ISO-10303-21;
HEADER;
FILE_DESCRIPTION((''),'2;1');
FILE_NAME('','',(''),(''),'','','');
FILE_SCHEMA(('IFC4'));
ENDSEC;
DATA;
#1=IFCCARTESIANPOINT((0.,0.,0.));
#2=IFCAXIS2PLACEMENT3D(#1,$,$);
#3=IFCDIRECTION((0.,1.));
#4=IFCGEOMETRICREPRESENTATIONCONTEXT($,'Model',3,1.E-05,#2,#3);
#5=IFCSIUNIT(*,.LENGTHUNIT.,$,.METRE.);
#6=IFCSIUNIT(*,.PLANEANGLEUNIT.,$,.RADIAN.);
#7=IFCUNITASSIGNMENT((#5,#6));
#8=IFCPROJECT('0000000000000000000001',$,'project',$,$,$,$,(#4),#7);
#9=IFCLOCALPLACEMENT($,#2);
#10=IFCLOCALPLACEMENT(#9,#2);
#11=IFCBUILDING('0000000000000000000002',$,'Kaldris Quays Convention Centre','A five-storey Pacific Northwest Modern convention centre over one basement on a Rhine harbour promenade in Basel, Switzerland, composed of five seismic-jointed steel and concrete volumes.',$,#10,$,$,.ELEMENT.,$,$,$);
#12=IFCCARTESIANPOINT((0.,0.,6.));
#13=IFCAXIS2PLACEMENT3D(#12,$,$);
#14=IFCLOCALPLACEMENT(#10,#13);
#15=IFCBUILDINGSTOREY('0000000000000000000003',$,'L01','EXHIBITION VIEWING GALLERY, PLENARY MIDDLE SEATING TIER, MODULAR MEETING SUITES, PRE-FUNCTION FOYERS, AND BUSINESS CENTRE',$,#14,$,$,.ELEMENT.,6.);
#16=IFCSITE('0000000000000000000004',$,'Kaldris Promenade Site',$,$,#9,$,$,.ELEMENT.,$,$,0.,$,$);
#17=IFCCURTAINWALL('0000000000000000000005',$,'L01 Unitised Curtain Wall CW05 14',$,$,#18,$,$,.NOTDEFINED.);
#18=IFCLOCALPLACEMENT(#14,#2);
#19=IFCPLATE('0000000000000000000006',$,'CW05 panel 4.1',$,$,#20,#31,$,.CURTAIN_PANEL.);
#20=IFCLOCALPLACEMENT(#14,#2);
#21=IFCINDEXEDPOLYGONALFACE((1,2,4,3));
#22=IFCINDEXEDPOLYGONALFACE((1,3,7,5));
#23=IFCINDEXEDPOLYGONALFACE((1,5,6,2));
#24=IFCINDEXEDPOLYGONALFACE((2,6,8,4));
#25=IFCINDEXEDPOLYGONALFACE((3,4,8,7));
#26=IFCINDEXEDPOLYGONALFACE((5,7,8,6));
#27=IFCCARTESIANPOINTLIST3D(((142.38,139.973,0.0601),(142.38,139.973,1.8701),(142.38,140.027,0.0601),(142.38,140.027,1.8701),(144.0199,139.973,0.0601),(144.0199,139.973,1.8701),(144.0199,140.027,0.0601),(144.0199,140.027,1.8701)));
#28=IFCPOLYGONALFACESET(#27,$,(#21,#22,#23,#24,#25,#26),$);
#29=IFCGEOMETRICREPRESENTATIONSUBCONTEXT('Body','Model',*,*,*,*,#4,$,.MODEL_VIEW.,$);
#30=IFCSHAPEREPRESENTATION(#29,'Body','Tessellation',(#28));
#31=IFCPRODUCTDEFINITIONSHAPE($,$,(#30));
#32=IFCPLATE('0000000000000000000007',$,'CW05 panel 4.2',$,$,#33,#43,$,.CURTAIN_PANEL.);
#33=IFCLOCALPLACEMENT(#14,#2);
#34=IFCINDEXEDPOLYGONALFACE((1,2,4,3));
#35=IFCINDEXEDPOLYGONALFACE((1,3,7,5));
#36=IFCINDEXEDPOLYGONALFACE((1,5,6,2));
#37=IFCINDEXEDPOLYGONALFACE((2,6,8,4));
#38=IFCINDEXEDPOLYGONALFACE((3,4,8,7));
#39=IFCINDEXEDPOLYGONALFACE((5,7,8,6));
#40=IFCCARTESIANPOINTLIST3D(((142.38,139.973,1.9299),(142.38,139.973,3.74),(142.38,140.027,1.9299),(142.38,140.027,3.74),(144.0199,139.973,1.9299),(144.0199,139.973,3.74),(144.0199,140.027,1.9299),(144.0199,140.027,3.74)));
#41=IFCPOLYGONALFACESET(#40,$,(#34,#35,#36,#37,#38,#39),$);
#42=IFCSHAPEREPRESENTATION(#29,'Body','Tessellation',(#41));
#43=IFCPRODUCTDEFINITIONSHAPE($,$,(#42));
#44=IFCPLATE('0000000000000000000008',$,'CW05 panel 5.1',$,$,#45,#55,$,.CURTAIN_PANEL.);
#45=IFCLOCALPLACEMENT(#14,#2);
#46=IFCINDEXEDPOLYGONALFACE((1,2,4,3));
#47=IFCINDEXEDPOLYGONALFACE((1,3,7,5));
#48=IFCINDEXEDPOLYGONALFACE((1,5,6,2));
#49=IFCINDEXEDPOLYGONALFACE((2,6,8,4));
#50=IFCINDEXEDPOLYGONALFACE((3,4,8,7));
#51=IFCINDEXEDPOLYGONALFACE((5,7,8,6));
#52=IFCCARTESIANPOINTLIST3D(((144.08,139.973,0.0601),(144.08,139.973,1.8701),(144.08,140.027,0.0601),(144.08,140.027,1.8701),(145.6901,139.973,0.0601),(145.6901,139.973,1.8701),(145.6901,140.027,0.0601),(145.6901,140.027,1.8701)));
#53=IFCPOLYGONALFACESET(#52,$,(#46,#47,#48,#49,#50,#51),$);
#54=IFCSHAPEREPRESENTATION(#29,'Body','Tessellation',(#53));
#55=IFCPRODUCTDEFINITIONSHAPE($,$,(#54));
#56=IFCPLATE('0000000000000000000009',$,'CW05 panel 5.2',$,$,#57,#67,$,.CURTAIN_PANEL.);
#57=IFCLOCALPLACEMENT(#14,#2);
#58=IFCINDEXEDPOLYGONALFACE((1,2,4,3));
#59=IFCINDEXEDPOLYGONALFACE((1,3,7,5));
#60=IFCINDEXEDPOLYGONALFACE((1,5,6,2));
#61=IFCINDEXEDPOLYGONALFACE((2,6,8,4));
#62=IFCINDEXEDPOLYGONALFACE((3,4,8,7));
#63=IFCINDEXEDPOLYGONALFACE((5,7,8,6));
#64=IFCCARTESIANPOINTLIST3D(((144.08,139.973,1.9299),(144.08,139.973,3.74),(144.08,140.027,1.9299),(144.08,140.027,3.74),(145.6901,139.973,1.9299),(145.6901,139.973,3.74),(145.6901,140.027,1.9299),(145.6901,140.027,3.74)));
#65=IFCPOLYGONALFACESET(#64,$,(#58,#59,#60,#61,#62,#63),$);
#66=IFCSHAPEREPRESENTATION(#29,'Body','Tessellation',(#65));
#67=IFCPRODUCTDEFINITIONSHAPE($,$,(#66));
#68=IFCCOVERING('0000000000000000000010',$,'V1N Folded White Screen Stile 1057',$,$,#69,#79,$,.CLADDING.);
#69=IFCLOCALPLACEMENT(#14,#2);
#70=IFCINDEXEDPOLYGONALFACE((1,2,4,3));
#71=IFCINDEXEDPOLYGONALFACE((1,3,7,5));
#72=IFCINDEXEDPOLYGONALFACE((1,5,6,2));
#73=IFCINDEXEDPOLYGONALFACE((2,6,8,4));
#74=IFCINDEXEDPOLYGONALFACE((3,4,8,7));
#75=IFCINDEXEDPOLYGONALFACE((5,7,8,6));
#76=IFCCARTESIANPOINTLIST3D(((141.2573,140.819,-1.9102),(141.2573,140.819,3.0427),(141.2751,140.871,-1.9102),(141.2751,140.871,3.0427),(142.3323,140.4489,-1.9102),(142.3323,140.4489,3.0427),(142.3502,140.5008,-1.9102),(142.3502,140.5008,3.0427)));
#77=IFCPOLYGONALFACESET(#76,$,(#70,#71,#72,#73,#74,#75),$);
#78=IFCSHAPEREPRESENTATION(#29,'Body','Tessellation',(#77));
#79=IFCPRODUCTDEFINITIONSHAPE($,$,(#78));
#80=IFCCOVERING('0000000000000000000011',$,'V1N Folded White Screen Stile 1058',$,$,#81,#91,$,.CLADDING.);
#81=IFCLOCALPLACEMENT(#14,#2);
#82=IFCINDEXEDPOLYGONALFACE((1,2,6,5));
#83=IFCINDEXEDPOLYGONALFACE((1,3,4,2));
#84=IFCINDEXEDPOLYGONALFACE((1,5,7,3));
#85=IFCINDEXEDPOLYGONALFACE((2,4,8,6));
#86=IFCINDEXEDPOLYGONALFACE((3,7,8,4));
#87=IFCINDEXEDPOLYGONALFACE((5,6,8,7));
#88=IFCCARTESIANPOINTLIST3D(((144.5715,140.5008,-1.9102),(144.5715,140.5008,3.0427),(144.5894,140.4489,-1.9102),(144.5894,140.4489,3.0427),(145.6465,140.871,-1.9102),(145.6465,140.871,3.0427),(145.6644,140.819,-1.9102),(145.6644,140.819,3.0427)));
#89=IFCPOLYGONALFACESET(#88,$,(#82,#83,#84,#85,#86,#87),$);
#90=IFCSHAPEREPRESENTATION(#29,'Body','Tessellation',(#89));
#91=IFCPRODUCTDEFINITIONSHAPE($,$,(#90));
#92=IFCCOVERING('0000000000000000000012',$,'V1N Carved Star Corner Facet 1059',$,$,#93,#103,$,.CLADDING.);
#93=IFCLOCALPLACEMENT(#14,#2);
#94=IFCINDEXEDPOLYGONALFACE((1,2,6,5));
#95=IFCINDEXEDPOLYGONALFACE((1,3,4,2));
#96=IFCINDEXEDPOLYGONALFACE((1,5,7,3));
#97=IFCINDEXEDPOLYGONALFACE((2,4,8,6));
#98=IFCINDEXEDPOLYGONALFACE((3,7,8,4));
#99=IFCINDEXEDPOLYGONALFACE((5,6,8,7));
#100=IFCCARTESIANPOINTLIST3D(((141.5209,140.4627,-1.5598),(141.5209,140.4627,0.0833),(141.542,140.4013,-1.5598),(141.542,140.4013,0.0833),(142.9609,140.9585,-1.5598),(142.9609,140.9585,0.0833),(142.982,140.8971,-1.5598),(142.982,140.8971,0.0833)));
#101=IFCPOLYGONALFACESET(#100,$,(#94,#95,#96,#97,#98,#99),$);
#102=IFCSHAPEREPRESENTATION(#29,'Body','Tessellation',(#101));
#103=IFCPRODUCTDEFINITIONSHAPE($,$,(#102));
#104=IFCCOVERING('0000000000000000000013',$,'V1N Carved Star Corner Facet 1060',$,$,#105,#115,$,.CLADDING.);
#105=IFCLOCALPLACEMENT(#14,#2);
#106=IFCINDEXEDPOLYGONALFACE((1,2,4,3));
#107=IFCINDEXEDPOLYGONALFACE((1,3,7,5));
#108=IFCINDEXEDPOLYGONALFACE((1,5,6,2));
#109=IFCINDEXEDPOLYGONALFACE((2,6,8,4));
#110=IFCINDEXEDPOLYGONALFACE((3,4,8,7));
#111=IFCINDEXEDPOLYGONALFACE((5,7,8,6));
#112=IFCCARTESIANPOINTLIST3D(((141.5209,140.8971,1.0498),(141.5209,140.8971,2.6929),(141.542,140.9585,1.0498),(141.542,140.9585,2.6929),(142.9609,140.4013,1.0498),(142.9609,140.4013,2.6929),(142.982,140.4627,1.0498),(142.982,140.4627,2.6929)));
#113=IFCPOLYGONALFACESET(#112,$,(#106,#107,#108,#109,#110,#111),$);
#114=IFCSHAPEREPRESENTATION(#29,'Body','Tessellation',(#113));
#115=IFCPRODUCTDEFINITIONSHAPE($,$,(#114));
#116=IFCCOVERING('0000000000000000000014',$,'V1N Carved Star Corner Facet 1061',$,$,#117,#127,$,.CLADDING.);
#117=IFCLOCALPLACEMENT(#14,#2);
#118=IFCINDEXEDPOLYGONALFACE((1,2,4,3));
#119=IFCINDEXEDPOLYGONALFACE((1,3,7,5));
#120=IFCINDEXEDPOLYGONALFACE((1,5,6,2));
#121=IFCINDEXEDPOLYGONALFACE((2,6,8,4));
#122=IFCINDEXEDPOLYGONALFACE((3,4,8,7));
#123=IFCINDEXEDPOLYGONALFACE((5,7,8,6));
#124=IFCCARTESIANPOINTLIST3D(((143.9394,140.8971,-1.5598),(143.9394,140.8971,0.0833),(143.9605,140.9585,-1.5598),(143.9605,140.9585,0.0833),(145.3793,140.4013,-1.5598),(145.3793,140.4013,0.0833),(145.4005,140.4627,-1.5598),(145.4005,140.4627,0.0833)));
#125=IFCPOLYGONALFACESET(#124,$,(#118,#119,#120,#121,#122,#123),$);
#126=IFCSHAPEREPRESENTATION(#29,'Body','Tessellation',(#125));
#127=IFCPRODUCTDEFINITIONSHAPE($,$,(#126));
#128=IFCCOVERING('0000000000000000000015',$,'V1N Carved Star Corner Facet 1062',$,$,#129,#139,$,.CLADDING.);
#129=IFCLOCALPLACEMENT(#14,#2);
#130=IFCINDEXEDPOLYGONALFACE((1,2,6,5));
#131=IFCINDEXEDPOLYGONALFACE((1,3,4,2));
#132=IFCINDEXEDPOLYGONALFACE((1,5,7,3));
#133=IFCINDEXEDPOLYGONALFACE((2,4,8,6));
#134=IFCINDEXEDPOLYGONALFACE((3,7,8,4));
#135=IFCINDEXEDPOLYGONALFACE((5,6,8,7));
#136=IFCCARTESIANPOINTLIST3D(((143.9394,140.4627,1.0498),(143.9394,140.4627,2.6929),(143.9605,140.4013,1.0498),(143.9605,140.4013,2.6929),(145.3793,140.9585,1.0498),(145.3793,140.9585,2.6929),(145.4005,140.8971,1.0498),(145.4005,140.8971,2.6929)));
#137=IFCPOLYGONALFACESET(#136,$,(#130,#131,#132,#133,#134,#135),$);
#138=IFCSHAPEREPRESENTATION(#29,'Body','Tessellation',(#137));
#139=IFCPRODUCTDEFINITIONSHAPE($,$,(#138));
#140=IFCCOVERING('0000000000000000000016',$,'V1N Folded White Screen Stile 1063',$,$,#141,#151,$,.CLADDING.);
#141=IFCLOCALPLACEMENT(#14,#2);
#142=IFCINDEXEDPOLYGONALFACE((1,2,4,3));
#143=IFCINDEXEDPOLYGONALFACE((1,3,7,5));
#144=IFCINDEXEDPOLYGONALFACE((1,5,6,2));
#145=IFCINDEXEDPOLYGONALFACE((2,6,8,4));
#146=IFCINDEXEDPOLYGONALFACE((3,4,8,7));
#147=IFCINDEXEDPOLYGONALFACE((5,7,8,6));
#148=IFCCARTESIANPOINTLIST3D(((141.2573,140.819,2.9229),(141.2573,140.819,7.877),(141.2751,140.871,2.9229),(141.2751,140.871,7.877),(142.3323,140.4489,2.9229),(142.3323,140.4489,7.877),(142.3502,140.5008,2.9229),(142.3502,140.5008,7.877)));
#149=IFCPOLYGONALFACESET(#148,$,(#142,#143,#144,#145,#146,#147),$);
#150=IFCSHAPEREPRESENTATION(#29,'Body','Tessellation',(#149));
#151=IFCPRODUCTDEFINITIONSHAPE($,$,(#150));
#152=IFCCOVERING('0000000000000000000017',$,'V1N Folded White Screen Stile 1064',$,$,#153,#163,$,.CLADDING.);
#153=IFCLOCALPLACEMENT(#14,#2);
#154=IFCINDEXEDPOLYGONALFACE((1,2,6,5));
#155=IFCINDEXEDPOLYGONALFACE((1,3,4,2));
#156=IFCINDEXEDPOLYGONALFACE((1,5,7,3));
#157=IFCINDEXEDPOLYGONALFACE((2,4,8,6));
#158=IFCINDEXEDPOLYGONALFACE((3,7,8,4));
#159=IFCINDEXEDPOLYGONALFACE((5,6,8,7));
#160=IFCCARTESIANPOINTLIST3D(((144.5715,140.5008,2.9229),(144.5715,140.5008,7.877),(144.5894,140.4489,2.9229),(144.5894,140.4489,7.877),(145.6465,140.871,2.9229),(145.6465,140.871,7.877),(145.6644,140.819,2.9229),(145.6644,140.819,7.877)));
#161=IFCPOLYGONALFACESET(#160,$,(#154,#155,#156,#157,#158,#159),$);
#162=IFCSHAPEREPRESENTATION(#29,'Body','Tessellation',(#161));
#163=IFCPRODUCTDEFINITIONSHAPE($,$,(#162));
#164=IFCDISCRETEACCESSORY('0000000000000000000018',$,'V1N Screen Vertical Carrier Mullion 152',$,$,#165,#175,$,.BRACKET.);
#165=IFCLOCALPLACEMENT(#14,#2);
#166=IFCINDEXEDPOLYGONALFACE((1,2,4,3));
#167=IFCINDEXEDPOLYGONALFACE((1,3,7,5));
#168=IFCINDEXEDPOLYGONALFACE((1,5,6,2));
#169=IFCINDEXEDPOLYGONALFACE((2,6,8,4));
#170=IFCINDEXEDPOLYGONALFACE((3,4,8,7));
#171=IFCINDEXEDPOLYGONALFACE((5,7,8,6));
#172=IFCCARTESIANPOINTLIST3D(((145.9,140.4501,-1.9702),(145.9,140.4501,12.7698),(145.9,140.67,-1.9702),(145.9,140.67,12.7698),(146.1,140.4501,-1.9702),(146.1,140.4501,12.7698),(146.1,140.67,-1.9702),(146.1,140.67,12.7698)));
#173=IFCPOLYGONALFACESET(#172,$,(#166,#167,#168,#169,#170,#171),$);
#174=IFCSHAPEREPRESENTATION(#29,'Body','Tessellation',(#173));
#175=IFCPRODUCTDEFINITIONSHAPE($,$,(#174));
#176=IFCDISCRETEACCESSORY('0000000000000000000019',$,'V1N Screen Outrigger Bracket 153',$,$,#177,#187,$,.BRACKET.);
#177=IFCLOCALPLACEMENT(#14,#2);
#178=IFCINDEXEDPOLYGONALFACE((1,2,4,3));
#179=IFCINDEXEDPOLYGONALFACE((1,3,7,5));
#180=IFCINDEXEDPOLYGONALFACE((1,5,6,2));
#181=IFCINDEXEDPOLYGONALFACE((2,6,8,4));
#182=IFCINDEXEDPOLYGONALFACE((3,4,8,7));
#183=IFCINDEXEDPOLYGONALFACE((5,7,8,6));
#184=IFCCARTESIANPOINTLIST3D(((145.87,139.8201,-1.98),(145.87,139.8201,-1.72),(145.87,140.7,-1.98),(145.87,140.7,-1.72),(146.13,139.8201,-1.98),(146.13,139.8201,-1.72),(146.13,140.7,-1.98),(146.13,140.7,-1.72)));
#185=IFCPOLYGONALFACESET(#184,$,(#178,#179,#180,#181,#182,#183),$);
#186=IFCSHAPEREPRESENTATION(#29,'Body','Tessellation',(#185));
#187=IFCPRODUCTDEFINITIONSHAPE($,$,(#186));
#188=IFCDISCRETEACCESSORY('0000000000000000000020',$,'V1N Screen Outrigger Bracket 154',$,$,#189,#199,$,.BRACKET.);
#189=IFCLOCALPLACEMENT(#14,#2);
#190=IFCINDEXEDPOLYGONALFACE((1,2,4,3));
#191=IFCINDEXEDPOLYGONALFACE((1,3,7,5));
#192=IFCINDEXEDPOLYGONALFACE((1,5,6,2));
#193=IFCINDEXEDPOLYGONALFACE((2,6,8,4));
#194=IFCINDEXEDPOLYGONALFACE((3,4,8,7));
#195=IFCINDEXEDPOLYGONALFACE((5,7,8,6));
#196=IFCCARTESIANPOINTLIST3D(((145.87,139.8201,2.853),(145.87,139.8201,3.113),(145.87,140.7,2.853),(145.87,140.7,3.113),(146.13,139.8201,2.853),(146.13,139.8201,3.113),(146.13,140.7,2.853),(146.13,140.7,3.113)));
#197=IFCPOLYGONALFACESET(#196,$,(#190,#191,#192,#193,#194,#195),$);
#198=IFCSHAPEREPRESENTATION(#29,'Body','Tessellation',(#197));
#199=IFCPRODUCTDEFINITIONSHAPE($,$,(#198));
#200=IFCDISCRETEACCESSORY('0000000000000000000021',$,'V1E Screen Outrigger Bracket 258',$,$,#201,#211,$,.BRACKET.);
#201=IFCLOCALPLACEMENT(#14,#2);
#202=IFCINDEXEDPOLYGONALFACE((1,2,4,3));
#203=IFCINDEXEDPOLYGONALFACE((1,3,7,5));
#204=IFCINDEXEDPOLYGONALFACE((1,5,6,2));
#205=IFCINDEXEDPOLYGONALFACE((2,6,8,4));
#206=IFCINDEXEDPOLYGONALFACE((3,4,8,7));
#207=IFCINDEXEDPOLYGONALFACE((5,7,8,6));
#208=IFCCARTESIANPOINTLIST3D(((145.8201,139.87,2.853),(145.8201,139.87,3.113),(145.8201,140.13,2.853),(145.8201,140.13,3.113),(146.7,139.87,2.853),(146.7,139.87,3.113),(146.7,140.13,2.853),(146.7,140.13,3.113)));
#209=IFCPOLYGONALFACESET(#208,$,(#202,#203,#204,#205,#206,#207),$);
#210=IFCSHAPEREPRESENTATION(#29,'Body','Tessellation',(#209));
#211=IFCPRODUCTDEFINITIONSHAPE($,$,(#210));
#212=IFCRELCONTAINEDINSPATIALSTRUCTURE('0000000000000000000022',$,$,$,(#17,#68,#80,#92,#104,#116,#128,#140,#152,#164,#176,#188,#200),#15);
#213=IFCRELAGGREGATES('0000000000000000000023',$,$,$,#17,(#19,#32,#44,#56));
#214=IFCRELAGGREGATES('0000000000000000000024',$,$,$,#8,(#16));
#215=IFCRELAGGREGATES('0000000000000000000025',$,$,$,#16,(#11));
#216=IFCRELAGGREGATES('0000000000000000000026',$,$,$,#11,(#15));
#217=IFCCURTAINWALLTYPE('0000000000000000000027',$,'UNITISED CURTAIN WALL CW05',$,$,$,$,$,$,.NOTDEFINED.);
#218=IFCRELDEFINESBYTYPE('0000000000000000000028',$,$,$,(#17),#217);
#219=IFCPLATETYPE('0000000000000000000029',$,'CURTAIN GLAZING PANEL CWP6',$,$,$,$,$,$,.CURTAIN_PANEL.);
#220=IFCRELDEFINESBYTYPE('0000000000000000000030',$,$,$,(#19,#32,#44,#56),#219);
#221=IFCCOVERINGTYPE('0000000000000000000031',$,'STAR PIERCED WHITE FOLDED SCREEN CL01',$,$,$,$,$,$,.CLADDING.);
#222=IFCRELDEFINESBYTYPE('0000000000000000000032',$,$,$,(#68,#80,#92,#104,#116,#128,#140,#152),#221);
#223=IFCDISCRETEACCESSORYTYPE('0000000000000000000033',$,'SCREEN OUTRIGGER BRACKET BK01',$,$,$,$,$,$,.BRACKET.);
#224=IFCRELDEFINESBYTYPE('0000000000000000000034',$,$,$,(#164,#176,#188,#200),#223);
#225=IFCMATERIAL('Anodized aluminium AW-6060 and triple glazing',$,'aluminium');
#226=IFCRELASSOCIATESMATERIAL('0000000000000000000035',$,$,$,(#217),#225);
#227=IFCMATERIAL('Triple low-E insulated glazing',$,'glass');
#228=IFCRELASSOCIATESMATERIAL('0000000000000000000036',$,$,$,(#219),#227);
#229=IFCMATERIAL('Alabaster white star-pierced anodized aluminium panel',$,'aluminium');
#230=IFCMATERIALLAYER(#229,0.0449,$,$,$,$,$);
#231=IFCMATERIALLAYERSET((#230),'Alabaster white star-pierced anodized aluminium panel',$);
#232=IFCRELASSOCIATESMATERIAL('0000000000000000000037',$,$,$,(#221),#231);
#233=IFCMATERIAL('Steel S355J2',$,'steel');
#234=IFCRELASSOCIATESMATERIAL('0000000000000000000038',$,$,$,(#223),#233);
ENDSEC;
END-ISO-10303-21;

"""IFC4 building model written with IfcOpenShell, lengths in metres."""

from ifc_helpers import new_model, si_unit, direction, frame, origin, origin_2d, place, context, subcontext, project, spatial, rectangle, extrude, material, layer, layer_set, type_object, element, aggregate, save


model = new_model("IFC4")

# Units and contexts
model_context = context("Model", 3, precision=1e-05, world=origin(), true_north=direction((0.0, 1.0)))
body_context = subcontext(model_context, "Body", "Model", "MODEL_VIEW")
ifc_project = project(units=[si_unit("LENGTHUNIT", "METRE"), si_unit("PLANEANGLEUNIT", "RADIAN")], contexts=[model_context])

# Site, building, storey
site_placement = place(None, origin())
site = spatial("IfcSite", under=ifc_project, at=site_placement, Name="Kaldris Promenade Site", CompositionType="ELEMENT", RefElevation=0.0)
building_placement = place(site_placement, origin())
building = spatial("IfcBuilding", under=site, at=building_placement, Name="Kaldris Quays Convention Centre", Description="A five-storey Pacific Northwest Modern convention centre over one basement on a Rhine harbour promenade in Basel, Switzerland, composed of five seismic-jointed steel and concrete volumes.", CompositionType="ELEMENT")
storey_placement = place(building_placement, frame((0.0, 0.0, 6.0)))
storey = spatial("IfcBuildingStorey", under=building, at=storey_placement, Name="L01", Description="EXHIBITION VIEWING GALLERY, PLENARY MIDDLE SEATING TIER, MODULAR MEETING SUITES, PRE-FUNCTION FOYERS, AND BUSINESS CENTRE", CompositionType="ELEMENT", Elevation=6.0)

# Shared definitions
ifc_material_1 = material(Name="Steel S355J2", Category="steel")

# Curtain wall, plates
ifc_material_2 = material(Name="Anodized aluminium AW-6060 and triple glazing", Category="aluminium")
curtain_wall_type = type_object("IfcCurtainWallType", Name="UNITISED CURTAIN WALL CW05", PredefinedType="NOTDEFINED", material=ifc_material_2)
curtain_wall_placement = place(storey_placement, origin())
curtain_wall = element("IfcCurtainWall", 1, at=curtain_wall_placement, inside=storey, type_object=curtain_wall_type, Name="L01 Unitised Curtain Wall CW05 14", PredefinedType="NOTDEFINED")
ifc_material_3 = material(Name="Triple low-E insulated glazing", Category="glass")
plate_type = type_object("IfcPlateType", Name="CURTAIN GLAZING PANEL CWP6", PredefinedType="CURTAIN_PANEL", material=ifc_material_3)
plate_1_placement = place(storey_placement, frame((143.2, 140.0, 0.0601), z_axis=(0.0, 0.0, 1.0), x_axis=(1.0, 0.0, 0.0)))
plate_1 = element("IfcPlate", 2, at=plate_1_placement, type_object=plate_type, Name="CW05 panel 4.1", PredefinedType="CURTAIN_PANEL", context=body_context, shape_type="SweptSolid", body=[
    extrude(rectangle(XDim=1.6399, YDim=0.054, at=origin_2d()), origin(), (0.0, 0.0, 1.0), 1.8101),
])
plate_2_placement = place(storey_placement, frame((143.2, 140.0, 1.9299), z_axis=(0.0, 0.0, 1.0), x_axis=(1.0, 0.0, 0.0)))
plate_2 = element("IfcPlate", 3, at=plate_2_placement, type_object=plate_type, Name="CW05 panel 4.2", PredefinedType="CURTAIN_PANEL", context=body_context, shape_type="SweptSolid", body=[
    extrude(rectangle(XDim=1.6399, YDim=0.054, at=origin_2d()), origin(), (0.0, 0.0, 1.0), 1.8101),
])
plate_3_placement = place(storey_placement, frame((144.885, 140.0, 0.0601), z_axis=(0.0, 0.0, 1.0), x_axis=(1.0, 0.0, 0.0)))
plate_3 = element("IfcPlate", 4, at=plate_3_placement, type_object=plate_type, Name="CW05 panel 5.1", PredefinedType="CURTAIN_PANEL", context=body_context, shape_type="SweptSolid", body=[
    extrude(rectangle(XDim=1.6101, YDim=0.054, at=origin_2d()), origin(), (0.0, 0.0, 1.0), 1.8101),
])
plate_4_placement = place(storey_placement, frame((144.885, 140.0, 1.9299), z_axis=(0.0, 0.0, 1.0), x_axis=(1.0, 0.0, 0.0)))
plate_4 = element("IfcPlate", 5, at=plate_4_placement, type_object=plate_type, Name="CW05 panel 5.2", PredefinedType="CURTAIN_PANEL", context=body_context, shape_type="SweptSolid", body=[
    extrude(rectangle(XDim=1.6101, YDim=0.054, at=origin_2d()), origin(), (0.0, 0.0, 1.0), 1.8101),
])
aggregate(curtain_wall, [plate_1, plate_2, plate_3, plate_4])

# Coverings
ifc_material_4 = material(Name="Alabaster white star-pierced anodized aluminium panel", Category="aluminium")
ifc_layer = layer(ifc_material_4, 0.0449)
ifc_layer_set = layer_set([ifc_layer], Name="Alabaster white star-pierced anodized aluminium panel")
covering_type = type_object("IfcCoveringType", Name="STAR PIERCED WHITE FOLDED SCREEN CL01", PredefinedType="CLADDING", material=ifc_layer_set)
for number, where, z_axis, x_axis, name in (
    (6, (141.8037, 140.6599, -1.9102), (0.0, 0.0, 1.0), (0.945519, -0.325568, 0.0), "V1N Folded White Screen Stile 1057"),
    (7, (145.1179, 140.6599, -1.9102), (0.0, 0.0, 1.0), (0.945519, 0.325568, 0.0), "V1N Folded White Screen Stile 1058"),
):
    element("IfcCovering", number, at=place(storey_placement, frame(where, z_axis=z_axis, x_axis=x_axis)), inside=storey, type_object=covering_type, Name=name, PredefinedType="CLADDING", context=body_context, shape_type="SweptSolid", body=[
        extrude(rectangle(XDim=1.137, YDim=0.0549, at=origin_2d()), origin(), (0.0, 0.0, 1.0), 4.9529),
    ])
for number, where, z_axis, x_axis, name in (
    (8, (142.2515, 140.6799, -1.5598), (0.0, 0.0, 1.0), (0.945519, 0.325568, 0.0), "V1N Carved Star Corner Facet 1059"),
    (9, (142.2515, 140.6799, 1.0498), (0.0, 0.0, 1.0), (0.945519, -0.325568, 0.0), "V1N Carved Star Corner Facet 1060"),
    (10, (144.6699, 140.6799, -1.5598), (0.0, 0.0, 1.0), (0.945519, -0.325568, 0.0), "V1N Carved Star Corner Facet 1061"),
    (11, (144.6699, 140.6799, 1.0498), (0.0, 0.0, 1.0), (0.945519, 0.325568, 0.0), "V1N Carved Star Corner Facet 1062"),
):
    element("IfcCovering", number, at=place(storey_placement, frame(where, z_axis=z_axis, x_axis=x_axis)), inside=storey, type_object=covering_type, Name=name, PredefinedType="CLADDING", context=body_context, shape_type="SweptSolid", body=[
        extrude(rectangle(XDim=1.5229, YDim=0.0649, at=origin_2d()), origin(), (0.0, 0.0, 1.0), 1.6431),
    ])
for number, where, z_axis, x_axis, name in (
    (12, (141.8037, 140.6599, 2.9229), (0.0, 0.0, 1.0), (0.945519, -0.325568, 0.0), "V1N Folded White Screen Stile 1063"),
    (13, (145.1179, 140.6599, 2.9229), (0.0, 0.0, 1.0), (0.945519, 0.325568, 0.0), "V1N Folded White Screen Stile 1064"),
):
    element("IfcCovering", number, at=place(storey_placement, frame(where, z_axis=z_axis, x_axis=x_axis)), inside=storey, type_object=covering_type, Name=name, PredefinedType="CLADDING", context=body_context, shape_type="SweptSolid", body=[
        extrude(rectangle(XDim=1.137, YDim=0.0549, at=origin_2d()), origin(), (0.0, 0.0, 1.0), 4.9541),
    ])

# Discrete accessories
discrete_accessory_type = type_object("IfcDiscreteAccessoryType", Name="SCREEN OUTRIGGER BRACKET BK01", PredefinedType="BRACKET", material=ifc_material_1)
discrete_accessory_placement = place(storey_placement, frame((146.0, 140.5601, -1.9702), z_axis=(0.0, 0.0, 1.0), x_axis=(1.0, 0.0, 0.0)))
element("IfcDiscreteAccessory", 14, at=discrete_accessory_placement, inside=storey, type_object=discrete_accessory_type, Name="V1N Screen Vertical Carrier Mullion 152", PredefinedType="BRACKET", context=body_context, shape_type="SweptSolid", body=[
    extrude(rectangle(XDim=0.2, YDim=0.22, at=origin_2d()), origin(), (0.0, 0.0, 1.0), 14.74),
])
for number, where, z_axis, x_axis, name in (
    (15, (146.0, 140.26, -1.98), (0.0, 0.0, 1.0), (1.0, 0.0, 0.0), "V1N Screen Outrigger Bracket 153"),
    (16, (146.0, 140.26, 2.853), (0.0, 0.0, 1.0), (1.0, 0.0, 0.0), "V1N Screen Outrigger Bracket 154"),
    (17, (146.26, 140.0, 2.853), (0.0, 0.0, 1.0), (0.0, 1.0, 0.0), "V1E Screen Outrigger Bracket 258"),
):
    element("IfcDiscreteAccessory", number, at=place(storey_placement, frame(where, z_axis=z_axis, x_axis=x_axis)), inside=storey, type_object=discrete_accessory_type, Name=name, PredefinedType="BRACKET", context=body_context, shape_type="SweptSolid", body=[
        extrude(rectangle(XDim=0.26, YDim=0.8799, at=origin_2d()), origin(), (0.0, 0.0, 1.0), 0.26),
    ])

save(model, "model.ifc")
